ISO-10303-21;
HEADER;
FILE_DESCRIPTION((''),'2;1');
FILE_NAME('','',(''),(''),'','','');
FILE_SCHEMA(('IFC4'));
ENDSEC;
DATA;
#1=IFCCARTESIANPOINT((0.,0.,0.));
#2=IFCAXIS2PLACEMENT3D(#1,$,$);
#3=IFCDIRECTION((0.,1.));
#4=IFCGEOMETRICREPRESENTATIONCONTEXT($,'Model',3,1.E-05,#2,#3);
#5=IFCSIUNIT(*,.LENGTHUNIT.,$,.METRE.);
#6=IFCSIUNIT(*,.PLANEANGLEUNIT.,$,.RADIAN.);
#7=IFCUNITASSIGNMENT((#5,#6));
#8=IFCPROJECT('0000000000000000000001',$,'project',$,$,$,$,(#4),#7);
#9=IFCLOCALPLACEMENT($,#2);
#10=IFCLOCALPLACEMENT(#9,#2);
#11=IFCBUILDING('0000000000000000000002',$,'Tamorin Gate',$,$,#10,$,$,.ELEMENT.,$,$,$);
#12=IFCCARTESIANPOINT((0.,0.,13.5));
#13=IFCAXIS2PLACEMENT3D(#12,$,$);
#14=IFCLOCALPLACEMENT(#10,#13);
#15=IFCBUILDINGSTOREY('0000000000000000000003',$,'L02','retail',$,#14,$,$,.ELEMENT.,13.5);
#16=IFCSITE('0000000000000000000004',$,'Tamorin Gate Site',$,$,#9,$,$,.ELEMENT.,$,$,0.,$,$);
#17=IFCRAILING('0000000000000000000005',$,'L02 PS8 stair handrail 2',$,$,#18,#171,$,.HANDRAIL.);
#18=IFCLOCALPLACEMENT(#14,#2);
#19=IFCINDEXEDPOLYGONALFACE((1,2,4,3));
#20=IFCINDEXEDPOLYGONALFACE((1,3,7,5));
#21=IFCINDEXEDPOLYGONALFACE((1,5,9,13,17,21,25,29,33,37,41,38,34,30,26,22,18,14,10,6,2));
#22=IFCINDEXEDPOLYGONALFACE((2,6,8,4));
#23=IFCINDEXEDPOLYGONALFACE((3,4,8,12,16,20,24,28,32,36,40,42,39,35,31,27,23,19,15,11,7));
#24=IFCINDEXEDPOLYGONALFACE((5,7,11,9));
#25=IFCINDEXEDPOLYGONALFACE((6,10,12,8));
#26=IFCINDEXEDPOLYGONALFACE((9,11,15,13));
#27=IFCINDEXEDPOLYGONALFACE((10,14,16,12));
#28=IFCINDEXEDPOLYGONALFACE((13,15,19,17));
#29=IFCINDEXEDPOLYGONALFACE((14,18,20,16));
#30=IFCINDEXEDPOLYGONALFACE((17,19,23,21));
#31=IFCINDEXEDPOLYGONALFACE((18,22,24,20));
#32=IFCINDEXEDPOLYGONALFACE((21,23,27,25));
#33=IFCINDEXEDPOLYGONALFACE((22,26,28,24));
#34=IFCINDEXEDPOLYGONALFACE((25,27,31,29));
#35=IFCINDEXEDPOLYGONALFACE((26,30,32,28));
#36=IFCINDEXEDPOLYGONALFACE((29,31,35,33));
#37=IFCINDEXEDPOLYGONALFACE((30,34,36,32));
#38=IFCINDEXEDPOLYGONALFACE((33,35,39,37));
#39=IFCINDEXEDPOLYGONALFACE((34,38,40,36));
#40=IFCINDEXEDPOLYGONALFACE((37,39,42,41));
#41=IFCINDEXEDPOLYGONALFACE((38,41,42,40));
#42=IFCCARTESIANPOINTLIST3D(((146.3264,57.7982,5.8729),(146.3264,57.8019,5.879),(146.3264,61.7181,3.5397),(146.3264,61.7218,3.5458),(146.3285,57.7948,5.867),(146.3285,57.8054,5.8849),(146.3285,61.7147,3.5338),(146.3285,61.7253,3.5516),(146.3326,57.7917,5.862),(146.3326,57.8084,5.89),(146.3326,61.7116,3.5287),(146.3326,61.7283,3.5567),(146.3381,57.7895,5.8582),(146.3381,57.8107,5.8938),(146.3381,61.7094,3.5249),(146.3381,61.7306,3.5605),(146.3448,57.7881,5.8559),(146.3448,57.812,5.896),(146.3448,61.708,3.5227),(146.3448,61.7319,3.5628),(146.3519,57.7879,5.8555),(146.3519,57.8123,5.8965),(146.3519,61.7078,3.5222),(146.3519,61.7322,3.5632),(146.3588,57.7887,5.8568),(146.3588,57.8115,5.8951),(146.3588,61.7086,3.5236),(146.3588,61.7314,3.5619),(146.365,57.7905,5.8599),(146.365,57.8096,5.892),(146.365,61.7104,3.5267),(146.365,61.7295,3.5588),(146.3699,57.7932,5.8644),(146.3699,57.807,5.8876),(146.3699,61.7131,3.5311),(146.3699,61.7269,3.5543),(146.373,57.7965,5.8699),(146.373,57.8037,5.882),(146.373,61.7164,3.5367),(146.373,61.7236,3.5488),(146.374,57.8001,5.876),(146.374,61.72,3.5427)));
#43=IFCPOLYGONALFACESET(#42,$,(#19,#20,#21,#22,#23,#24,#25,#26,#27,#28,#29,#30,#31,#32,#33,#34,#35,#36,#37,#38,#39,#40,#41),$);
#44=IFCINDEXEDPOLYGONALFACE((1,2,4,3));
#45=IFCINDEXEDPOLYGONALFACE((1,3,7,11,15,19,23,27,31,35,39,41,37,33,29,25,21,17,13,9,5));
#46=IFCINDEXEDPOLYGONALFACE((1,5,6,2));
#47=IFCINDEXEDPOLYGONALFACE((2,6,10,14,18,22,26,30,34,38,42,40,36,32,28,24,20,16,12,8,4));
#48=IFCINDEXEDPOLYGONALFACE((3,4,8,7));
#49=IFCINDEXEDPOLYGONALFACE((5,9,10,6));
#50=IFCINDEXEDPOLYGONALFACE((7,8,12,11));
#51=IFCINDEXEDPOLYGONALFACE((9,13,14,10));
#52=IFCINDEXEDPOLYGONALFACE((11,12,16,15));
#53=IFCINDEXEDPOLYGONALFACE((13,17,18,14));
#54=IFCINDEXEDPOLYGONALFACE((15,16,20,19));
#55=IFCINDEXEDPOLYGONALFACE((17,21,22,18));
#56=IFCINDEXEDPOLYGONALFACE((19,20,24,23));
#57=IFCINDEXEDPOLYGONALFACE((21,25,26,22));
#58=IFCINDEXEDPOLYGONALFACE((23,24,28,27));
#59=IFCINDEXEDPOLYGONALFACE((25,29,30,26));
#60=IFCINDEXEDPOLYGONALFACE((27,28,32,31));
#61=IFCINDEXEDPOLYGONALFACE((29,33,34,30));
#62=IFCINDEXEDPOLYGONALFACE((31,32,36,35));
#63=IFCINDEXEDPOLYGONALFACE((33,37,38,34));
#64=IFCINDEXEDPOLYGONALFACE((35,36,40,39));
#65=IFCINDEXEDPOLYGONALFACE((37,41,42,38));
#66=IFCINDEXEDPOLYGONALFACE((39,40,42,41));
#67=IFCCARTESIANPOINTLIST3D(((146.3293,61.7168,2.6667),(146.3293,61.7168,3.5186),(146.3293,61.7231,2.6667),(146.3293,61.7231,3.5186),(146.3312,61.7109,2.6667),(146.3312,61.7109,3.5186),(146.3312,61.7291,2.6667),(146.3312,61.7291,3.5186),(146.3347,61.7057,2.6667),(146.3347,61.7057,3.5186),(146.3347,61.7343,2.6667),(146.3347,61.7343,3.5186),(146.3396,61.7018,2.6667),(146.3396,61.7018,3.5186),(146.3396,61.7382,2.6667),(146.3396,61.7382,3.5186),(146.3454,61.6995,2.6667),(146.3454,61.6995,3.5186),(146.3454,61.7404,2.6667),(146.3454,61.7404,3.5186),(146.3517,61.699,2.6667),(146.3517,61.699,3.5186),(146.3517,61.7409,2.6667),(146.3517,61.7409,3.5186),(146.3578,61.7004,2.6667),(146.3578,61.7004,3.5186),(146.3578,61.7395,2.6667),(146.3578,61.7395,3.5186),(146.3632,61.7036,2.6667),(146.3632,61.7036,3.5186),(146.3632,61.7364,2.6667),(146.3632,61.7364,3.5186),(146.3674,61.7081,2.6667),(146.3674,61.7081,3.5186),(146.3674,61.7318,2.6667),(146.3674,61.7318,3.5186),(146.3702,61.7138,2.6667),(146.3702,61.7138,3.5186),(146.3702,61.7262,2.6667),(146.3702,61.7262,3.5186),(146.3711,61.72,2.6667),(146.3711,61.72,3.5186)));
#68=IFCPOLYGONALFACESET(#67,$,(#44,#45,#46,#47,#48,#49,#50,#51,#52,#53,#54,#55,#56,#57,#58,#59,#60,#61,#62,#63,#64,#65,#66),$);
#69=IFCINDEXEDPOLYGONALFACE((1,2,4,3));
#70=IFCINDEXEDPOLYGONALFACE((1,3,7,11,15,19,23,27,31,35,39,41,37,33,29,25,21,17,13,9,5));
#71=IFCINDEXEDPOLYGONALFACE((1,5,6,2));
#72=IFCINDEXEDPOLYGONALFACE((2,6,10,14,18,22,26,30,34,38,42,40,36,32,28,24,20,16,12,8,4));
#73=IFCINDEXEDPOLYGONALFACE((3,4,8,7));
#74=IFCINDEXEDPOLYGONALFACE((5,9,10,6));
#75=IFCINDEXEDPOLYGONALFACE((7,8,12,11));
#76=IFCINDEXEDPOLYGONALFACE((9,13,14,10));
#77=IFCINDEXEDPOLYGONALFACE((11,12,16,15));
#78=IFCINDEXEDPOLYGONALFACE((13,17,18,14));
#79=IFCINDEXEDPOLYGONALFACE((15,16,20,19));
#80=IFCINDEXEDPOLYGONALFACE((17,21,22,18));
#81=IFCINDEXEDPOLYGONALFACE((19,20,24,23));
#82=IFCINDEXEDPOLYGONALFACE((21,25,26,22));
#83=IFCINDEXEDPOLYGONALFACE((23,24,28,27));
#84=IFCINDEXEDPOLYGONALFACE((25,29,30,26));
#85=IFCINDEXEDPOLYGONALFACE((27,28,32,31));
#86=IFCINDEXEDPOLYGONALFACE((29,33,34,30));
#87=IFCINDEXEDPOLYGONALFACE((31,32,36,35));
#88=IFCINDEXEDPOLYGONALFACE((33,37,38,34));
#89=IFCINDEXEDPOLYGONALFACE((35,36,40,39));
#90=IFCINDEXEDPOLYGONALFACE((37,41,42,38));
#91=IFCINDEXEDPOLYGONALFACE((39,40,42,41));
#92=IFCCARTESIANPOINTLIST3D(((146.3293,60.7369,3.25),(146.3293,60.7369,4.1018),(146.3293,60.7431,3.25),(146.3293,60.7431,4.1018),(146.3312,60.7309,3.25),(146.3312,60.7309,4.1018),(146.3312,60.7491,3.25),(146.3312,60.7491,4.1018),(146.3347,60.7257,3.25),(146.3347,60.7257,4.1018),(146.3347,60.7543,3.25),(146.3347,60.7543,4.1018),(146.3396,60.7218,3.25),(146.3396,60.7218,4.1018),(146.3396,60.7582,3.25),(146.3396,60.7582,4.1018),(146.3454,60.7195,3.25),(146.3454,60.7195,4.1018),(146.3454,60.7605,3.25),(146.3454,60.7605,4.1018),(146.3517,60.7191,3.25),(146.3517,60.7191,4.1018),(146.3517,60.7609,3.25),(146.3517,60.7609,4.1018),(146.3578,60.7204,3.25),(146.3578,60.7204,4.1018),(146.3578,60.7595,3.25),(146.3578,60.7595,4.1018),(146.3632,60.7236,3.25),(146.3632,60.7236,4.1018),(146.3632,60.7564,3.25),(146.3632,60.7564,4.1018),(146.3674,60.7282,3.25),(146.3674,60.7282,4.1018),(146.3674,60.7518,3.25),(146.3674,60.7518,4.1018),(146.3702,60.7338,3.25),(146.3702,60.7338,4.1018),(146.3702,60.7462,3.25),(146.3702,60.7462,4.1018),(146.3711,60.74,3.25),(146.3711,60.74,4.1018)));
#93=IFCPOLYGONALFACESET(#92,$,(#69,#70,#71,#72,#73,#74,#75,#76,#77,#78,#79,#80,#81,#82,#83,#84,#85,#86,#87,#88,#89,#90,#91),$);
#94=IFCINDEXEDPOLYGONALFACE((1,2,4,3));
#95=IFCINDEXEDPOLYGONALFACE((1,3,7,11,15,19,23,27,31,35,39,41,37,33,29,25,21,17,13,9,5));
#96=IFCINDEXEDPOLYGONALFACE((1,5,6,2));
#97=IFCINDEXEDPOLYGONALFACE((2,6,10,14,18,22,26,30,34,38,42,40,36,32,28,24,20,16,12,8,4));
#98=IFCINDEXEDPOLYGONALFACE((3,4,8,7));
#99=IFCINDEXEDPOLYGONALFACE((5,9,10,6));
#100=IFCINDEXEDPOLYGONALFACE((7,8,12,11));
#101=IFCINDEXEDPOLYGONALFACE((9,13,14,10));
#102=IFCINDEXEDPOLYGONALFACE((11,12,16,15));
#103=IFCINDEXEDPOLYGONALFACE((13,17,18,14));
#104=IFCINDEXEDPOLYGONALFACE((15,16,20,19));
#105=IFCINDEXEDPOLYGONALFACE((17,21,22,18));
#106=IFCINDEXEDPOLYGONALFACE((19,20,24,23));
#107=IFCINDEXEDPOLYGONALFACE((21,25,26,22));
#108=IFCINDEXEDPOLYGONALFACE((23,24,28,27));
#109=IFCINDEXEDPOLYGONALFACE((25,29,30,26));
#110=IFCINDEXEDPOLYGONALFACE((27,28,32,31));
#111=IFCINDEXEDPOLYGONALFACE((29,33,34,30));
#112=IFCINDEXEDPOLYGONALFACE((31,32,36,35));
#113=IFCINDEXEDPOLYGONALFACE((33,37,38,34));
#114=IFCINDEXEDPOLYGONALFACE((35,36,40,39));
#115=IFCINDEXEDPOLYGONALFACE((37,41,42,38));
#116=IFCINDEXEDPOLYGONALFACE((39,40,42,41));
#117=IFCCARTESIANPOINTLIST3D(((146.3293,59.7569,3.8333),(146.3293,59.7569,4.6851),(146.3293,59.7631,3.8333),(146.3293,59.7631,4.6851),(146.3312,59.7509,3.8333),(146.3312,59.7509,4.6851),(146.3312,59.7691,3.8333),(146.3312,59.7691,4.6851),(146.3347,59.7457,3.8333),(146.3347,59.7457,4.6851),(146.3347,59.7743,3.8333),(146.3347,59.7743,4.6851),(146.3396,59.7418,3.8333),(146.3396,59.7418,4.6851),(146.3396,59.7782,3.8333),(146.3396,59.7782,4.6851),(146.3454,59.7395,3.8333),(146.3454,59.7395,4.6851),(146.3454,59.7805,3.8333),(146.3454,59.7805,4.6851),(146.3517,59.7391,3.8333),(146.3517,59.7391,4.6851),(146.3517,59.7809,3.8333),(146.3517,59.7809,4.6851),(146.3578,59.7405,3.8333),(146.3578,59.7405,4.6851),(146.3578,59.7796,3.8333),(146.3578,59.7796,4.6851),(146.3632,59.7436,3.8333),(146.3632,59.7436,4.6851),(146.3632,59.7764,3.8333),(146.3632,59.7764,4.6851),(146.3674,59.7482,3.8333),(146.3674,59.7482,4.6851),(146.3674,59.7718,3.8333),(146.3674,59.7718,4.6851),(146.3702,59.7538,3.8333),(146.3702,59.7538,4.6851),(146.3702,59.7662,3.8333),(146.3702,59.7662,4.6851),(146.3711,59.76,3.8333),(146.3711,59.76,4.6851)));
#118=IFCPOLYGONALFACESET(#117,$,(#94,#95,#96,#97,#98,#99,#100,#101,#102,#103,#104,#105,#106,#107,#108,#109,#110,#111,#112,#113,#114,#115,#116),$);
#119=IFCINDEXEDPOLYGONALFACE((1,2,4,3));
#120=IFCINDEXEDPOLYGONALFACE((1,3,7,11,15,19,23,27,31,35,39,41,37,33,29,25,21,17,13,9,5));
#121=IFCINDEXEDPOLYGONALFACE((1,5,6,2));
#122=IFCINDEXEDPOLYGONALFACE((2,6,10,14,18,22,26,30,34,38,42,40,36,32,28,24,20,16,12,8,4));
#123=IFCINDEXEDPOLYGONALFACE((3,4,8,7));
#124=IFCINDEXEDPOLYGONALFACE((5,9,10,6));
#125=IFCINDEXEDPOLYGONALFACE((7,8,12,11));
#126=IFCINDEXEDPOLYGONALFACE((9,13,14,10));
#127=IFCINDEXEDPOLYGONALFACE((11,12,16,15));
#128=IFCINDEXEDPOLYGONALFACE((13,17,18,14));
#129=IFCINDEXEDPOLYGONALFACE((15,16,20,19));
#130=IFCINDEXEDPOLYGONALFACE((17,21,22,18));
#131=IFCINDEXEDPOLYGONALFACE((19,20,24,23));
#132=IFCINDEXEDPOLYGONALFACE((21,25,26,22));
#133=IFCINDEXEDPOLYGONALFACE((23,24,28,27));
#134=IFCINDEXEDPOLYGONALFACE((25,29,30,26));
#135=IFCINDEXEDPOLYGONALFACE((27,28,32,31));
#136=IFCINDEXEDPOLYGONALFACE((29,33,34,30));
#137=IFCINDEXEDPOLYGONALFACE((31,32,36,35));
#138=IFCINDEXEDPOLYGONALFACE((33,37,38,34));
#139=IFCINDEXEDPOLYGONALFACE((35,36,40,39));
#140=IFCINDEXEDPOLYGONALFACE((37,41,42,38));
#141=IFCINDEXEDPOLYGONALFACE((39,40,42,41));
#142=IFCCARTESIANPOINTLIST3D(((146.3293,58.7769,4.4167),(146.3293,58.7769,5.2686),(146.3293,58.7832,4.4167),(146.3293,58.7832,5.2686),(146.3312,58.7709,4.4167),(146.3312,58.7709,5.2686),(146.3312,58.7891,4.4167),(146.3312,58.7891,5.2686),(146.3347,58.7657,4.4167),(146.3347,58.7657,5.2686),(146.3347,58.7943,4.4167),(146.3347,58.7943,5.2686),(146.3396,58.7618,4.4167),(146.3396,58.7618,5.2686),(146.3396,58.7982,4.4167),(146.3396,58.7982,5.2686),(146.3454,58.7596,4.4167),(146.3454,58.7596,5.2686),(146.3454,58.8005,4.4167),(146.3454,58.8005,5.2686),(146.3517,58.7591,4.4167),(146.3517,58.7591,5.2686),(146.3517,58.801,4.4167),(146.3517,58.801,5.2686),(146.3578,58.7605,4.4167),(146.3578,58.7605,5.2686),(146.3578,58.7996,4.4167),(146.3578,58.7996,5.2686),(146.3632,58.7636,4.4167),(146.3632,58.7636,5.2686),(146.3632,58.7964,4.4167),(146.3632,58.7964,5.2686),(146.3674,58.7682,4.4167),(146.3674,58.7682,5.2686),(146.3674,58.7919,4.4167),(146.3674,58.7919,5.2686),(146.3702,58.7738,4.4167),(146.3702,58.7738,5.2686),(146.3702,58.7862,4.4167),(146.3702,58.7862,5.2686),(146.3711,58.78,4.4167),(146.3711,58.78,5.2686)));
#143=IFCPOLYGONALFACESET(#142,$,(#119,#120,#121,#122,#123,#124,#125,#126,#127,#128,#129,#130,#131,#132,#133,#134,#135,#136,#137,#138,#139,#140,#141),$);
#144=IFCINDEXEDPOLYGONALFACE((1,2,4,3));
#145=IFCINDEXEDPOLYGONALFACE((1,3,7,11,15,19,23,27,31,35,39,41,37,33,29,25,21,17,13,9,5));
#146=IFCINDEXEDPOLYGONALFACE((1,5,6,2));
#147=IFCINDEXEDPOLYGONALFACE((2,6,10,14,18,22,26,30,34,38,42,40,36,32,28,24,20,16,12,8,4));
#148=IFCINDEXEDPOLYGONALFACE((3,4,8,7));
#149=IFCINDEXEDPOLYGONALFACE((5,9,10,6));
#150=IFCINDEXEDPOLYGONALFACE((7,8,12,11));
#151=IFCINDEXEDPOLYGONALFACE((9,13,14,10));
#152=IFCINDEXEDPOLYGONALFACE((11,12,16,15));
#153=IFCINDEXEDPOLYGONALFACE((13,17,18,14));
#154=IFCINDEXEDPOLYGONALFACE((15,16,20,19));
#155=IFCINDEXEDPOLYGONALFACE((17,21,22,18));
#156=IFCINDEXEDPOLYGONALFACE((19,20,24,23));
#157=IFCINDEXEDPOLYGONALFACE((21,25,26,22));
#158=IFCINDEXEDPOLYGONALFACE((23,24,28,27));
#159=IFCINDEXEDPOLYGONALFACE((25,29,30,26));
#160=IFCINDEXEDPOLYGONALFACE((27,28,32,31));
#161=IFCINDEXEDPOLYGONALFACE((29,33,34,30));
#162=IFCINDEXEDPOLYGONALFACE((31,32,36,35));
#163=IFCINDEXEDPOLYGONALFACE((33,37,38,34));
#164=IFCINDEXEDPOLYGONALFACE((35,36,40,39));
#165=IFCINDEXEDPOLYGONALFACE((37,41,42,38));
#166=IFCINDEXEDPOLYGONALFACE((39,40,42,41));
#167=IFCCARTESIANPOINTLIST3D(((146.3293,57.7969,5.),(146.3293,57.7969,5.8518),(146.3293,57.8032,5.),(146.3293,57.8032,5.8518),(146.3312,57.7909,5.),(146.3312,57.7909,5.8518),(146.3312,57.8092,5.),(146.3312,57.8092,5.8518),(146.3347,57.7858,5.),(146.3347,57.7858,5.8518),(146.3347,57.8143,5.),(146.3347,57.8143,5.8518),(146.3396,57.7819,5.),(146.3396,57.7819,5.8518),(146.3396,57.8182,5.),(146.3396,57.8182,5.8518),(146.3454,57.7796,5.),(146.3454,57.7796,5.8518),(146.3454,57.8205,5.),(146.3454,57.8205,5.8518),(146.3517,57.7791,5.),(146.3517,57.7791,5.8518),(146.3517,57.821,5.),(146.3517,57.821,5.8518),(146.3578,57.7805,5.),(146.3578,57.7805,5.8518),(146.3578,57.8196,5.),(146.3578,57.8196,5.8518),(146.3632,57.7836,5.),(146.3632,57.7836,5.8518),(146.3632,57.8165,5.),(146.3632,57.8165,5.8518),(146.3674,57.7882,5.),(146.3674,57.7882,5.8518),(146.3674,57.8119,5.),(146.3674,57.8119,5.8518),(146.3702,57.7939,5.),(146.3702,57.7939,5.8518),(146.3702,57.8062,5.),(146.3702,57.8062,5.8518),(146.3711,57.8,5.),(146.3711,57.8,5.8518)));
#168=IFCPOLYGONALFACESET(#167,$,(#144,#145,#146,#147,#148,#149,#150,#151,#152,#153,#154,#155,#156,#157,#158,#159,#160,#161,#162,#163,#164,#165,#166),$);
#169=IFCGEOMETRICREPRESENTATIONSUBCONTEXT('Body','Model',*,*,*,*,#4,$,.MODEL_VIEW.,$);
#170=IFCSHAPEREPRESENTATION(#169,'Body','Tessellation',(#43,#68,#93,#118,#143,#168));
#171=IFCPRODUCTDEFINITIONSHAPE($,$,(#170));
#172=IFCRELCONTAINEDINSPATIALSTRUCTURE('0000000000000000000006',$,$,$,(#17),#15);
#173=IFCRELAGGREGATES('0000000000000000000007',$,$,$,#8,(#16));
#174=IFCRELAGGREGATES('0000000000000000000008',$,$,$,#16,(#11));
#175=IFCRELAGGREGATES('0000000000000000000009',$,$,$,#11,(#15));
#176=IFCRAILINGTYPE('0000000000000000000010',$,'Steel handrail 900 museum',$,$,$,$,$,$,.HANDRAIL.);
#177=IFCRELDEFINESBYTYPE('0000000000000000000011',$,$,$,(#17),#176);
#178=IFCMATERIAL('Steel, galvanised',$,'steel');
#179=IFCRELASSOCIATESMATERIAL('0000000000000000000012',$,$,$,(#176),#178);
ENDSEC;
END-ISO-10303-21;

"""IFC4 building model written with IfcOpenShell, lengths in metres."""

from ifc_helpers import new_model, si_unit, direction, frame, origin, origin_2d, place, context, subcontext, project, spatial, circle, extrude, material, type_object, element, save


model = new_model("IFC4")

# Units and contexts
model_context = context("Model", 3, precision=1e-05, world=origin(), true_north=direction((0.0, 1.0)))
body_context = subcontext(model_context, "Body", "Model", "MODEL_VIEW")
ifc_project = project(units=[si_unit("LENGTHUNIT", "METRE"), si_unit("PLANEANGLEUNIT", "RADIAN")], contexts=[model_context])

# Site, building, storey
site_placement = place(None, origin())
site = spatial("IfcSite", under=ifc_project, at=site_placement, Name="Tamorin Gate Site", CompositionType="ELEMENT", RefElevation=0.0)
building_placement = place(site_placement, origin())
building = spatial("IfcBuilding", under=site, at=building_placement, Name="Tamorin Gate", CompositionType="ELEMENT")
storey_placement = place(building_placement, frame((0.0, 0.0, 13.5)))
storey = spatial("IfcBuildingStorey", under=building, at=storey_placement, Name="L02", Description="retail", CompositionType="ELEMENT", Elevation=13.5)

# Railing
ifc_material_1 = material(Name="Steel, galvanised", Category="steel")
railing_type_1 = type_object("IfcRailingType", Name="Steel handrail 900 museum", PredefinedType="HANDRAIL", material=ifc_material_1)
railing_1_placement = place(storey_placement, frame((146.3501, 61.72, 2.6667)))
element("IfcRailing", 1, at=railing_1_placement, inside=storey, type_object=railing_type_1, Name="L02 PS8 stair handrail 2", PredefinedType="HANDRAIL", context=body_context, shape_type="SweptSolid", body=[
    extrude(circle(Radius=0.0239, at=origin_2d()), frame((0.0, 0.0, 0.876), z_axis=(0.0, -0.859296, 0.511478), x_axis=(1.0, 0.0, 0.0)), (0.0, 0.0, 1.0), 4.5618),
    extrude(circle(Radius=0.021, at=origin_2d()), origin(), (0.0, 0.0, 1.0), 0.8518),
    extrude(circle(Radius=0.021, at=origin_2d()), frame((0.0, -0.98, 0.5833)), (0.0, 0.0, 1.0), 0.8518),
    extrude(circle(Radius=0.021, at=origin_2d()), frame((0.0, -1.96, 1.1665)), (0.0, 0.0, 1.0), 0.8518),
    extrude(circle(Radius=0.021, at=origin_2d()), frame((0.0, -2.9399, 1.75)), (0.0, 0.0, 1.0), 0.8518),
    extrude(circle(Radius=0.021, at=origin_2d()), frame((0.0, -3.9199, 2.3333)), (0.0, 0.0, 1.0), 0.8518),
])

save(model, "model.ifc")
